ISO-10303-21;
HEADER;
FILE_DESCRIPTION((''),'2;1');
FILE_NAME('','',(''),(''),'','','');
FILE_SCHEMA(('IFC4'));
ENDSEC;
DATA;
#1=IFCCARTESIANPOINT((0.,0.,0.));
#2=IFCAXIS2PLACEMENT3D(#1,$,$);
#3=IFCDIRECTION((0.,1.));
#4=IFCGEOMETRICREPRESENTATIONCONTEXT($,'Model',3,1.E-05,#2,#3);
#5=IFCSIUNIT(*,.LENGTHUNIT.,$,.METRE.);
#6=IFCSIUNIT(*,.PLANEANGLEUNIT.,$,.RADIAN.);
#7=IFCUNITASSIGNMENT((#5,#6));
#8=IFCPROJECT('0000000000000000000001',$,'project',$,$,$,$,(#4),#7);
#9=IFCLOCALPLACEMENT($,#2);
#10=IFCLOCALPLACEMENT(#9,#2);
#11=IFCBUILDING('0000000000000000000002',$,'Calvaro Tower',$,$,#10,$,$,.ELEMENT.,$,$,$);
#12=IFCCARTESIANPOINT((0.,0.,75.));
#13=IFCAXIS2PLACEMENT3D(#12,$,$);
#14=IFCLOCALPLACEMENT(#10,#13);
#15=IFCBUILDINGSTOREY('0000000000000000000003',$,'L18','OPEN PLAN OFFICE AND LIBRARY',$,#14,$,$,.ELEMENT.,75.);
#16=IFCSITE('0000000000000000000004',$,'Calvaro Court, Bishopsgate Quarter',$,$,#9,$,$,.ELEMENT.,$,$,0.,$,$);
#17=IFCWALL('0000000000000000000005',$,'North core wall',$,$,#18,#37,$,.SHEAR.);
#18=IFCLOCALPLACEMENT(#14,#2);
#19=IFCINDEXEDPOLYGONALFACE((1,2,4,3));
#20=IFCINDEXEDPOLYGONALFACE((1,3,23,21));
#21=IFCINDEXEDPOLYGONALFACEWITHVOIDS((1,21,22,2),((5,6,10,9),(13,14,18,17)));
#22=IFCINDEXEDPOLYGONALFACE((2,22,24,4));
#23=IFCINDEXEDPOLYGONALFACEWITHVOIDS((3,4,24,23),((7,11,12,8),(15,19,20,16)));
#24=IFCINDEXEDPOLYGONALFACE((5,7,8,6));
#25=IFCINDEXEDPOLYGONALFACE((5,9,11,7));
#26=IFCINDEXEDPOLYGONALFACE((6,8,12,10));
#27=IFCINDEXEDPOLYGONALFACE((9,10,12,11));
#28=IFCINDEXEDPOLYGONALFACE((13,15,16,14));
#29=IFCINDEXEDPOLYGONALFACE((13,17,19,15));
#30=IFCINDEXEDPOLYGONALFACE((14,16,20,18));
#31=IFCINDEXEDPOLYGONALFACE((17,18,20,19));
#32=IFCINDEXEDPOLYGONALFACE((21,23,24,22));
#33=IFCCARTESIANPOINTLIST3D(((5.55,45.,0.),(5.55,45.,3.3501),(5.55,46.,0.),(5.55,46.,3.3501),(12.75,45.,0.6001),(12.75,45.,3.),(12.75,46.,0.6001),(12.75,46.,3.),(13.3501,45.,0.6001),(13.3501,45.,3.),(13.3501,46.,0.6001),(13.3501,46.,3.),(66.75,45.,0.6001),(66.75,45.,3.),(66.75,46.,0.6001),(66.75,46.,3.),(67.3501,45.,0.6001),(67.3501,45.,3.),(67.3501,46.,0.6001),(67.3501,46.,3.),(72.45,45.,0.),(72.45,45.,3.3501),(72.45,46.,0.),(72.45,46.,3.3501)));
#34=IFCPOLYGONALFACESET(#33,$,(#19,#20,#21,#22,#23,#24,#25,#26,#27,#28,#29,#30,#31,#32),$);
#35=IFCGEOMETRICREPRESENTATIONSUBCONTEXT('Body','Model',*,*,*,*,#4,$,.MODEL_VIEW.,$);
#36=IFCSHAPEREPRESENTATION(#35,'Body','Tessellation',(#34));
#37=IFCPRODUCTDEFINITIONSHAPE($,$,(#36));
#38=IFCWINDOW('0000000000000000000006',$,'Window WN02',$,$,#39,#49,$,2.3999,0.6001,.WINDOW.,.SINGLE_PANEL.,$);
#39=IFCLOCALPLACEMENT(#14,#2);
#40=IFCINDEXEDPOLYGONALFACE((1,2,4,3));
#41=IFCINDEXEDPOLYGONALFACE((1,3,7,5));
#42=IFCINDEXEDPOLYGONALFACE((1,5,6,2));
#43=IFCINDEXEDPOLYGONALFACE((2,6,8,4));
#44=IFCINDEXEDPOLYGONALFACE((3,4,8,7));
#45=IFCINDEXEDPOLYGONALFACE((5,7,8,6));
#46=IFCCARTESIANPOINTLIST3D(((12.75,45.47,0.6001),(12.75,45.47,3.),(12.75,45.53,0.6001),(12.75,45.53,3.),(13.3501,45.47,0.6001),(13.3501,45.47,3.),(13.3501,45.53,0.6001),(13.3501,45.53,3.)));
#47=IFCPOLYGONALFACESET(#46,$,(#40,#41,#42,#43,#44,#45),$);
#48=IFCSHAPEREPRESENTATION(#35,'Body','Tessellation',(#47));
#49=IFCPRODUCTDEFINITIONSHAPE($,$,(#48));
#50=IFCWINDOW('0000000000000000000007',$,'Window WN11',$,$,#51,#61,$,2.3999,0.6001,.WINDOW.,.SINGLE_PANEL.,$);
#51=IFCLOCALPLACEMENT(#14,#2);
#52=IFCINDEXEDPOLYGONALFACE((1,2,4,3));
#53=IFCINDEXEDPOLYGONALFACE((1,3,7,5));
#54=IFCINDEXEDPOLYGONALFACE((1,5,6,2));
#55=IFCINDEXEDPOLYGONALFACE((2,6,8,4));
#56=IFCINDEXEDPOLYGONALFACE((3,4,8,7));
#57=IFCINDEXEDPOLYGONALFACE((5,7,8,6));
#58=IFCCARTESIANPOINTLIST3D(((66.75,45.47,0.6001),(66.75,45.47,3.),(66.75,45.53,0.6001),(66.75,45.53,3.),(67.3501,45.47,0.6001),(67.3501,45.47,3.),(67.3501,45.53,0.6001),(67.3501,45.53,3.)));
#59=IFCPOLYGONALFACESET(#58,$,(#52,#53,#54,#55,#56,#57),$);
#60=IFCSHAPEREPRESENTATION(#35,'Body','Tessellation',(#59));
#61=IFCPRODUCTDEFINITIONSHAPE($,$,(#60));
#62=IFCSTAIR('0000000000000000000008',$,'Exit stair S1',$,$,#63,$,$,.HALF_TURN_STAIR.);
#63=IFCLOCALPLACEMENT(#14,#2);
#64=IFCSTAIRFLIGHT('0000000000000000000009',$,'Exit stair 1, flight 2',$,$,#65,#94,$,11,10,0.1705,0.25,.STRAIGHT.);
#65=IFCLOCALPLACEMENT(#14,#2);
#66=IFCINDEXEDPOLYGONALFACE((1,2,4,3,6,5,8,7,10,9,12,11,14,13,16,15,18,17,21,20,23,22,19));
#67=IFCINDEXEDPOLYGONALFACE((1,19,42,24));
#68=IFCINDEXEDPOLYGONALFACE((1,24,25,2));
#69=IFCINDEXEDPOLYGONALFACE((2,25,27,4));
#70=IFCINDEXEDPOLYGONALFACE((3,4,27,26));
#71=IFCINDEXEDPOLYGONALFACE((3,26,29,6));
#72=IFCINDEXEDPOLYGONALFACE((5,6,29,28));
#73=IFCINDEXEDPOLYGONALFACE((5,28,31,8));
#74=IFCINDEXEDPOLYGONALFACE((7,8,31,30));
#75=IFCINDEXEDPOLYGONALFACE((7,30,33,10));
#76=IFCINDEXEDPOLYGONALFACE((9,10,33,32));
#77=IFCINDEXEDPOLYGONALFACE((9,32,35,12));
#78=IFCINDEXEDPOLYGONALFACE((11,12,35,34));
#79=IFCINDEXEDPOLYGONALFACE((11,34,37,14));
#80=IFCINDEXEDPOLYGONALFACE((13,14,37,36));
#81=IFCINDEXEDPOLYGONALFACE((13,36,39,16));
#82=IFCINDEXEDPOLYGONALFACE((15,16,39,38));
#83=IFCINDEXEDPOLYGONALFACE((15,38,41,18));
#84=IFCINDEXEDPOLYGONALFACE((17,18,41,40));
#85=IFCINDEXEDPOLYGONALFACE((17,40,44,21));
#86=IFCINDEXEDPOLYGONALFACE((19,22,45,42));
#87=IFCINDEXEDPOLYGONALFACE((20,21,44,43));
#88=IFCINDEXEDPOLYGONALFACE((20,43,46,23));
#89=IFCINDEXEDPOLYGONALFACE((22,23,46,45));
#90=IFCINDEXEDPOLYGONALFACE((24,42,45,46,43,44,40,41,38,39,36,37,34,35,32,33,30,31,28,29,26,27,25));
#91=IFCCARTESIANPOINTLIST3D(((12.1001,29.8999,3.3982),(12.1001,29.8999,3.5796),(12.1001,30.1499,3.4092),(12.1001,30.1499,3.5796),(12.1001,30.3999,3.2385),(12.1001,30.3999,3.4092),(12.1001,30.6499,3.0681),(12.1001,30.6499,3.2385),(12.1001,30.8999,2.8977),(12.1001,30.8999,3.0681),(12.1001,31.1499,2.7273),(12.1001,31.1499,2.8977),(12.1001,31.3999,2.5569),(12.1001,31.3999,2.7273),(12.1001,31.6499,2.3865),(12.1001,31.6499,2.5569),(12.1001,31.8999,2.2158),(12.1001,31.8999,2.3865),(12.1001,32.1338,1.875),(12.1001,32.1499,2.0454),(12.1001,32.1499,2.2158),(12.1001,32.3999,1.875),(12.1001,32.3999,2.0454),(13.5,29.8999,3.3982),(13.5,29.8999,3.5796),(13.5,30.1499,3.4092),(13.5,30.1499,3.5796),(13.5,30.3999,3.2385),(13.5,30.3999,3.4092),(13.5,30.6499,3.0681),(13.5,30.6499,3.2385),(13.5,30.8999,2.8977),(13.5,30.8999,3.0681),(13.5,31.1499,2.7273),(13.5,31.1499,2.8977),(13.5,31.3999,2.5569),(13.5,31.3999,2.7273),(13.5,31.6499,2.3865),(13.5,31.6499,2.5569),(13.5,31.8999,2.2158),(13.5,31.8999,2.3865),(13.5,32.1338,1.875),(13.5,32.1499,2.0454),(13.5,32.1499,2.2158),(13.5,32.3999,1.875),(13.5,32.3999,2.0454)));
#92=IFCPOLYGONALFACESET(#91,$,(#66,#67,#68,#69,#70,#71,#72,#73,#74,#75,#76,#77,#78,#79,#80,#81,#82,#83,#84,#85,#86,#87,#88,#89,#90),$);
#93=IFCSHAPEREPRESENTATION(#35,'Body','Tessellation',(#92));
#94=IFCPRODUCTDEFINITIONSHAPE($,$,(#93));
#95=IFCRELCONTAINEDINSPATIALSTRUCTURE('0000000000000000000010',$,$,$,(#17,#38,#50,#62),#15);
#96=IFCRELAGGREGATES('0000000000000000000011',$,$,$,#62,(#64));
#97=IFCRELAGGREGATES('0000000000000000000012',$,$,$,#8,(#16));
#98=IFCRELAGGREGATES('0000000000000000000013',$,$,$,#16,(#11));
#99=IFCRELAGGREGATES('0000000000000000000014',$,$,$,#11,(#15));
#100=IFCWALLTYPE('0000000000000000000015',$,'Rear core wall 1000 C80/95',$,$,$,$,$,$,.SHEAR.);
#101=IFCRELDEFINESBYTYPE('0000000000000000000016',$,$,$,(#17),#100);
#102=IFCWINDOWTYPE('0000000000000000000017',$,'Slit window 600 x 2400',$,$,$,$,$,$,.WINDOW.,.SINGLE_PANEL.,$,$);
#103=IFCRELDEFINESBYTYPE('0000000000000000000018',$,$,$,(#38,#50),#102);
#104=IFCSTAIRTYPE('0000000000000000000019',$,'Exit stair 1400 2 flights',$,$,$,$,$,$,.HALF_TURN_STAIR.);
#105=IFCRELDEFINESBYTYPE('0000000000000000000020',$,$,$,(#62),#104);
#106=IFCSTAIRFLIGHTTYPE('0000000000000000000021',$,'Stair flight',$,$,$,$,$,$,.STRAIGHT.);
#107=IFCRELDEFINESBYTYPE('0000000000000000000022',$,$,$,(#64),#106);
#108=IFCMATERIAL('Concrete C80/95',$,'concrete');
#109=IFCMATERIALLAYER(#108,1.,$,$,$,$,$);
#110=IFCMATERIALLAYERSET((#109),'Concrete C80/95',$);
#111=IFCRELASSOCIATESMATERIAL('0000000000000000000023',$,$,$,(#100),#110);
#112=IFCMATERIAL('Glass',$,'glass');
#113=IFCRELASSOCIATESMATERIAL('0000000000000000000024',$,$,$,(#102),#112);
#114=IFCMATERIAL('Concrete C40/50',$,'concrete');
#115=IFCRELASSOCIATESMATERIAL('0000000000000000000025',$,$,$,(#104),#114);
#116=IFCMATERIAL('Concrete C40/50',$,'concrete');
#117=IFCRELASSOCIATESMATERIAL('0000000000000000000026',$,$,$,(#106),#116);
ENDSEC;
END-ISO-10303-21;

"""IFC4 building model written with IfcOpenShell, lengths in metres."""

from ifc_helpers import new_model, si_unit, direction, frame, frame_2d, origin, place, context, subcontext, project, spatial, polyline, rectangle, outline, extrude, material, layer, layer_set, type_object, element, fill, aggregate, save


model = new_model("IFC4")

# Units and contexts
model_context = context("Model", 3, precision=1e-05, world=origin(), true_north=direction((0.0, 1.0)))
body_context = subcontext(model_context, "Body", "Model", "MODEL_VIEW")
ifc_project = project(units=[si_unit("LENGTHUNIT", "METRE"), si_unit("PLANEANGLEUNIT", "RADIAN")], contexts=[model_context])

# Site, building, storey
site_placement = place(None, origin())
site = spatial("IfcSite", under=ifc_project, at=site_placement, Name="Calvaro Court, Bishopsgate Quarter", CompositionType="ELEMENT", RefElevation=0.0)
building_placement = place(site_placement, origin())
building = spatial("IfcBuilding", under=site, at=building_placement, Name="Calvaro Tower", CompositionType="ELEMENT")
storey_placement = place(building_placement, frame((0.0, 0.0, 75.0)))
storey = spatial("IfcBuildingStorey", under=building, at=storey_placement, Name="L18", Description="OPEN PLAN OFFICE AND LIBRARY", CompositionType="ELEMENT", Elevation=75.0)

# Wall, openings, windows
ifc_material_1 = material(Name="Concrete C80/95", Category="concrete")
ifc_layer_1 = layer(ifc_material_1, 1.0)
ifc_layer_set_1 = layer_set([ifc_layer_1], Name="Concrete C80/95")
wall_type_1 = type_object("IfcWallType", Name="Rear core wall 1000 C80/95", PredefinedType="SHEAR", material=ifc_layer_set_1)
wall_1_placement = place(storey_placement, frame((5.55, 45.5, 0.0), z_axis=(0.0, 0.0, 1.0), x_axis=(1.0, 0.0, 0.0)))
wall_1 = element("IfcWall", 1, at=wall_1_placement, inside=storey, type_object=wall_type_1, Name="North core wall", PredefinedType="SHEAR", context=body_context, shape_type="SweptSolid", body=[
    extrude(rectangle(XDim=66.8999, YDim=1.0, at=frame_2d((33.45, 0.0))), origin(), (0.0, 0.0, 1.0), 3.3501),
])
opening_1_placement = place(wall_1_placement, frame((7.2, 0.0, 0.6001)))
opening_1 = element("IfcOpeningElement", 2, at=opening_1_placement, cuts=wall_1, PredefinedType="OPENING", context=body_context, shape_type="SweptSolid", body=[
    extrude(rectangle(XDim=0.6001, YDim=2.3999, at=frame_2d((0.3, 1.2))), frame((0.0, 0.51, 0.0), z_axis=(0.0, -1.0, 0.0), x_axis=(1.0, 0.0, 0.0)), (0.0, 0.0, 1.0), 1.02),
])
opening_2_placement = place(wall_1_placement, frame((61.2, 0.0, 0.6001)))
opening_2 = element("IfcOpeningElement", 3, at=opening_2_placement, cuts=wall_1, PredefinedType="OPENING", context=body_context, shape_type="SweptSolid", body=[
    extrude(rectangle(XDim=0.6001, YDim=2.3999, at=frame_2d((0.3, 1.2))), frame((0.0, 0.51, 0.0), z_axis=(0.0, -1.0, 0.0), x_axis=(1.0, 0.0, 0.0)), (0.0, 0.0, 1.0), 1.02),
])
ifc_material_2 = material(Name="Glass", Category="glass")
window_type = type_object("IfcWindowType", Name="Slit window 600 x 2400", PartitioningType="SINGLE_PANEL", PredefinedType="WINDOW", material=ifc_material_2)
window_1_placement = place(opening_1_placement, origin())
window_1 = element("IfcWindow", 4, at=window_1_placement, inside=storey, type_object=window_type, Name="Window WN02", OverallHeight=2.3999, OverallWidth=0.6001, PartitioningType="SINGLE_PANEL", PredefinedType="WINDOW", context=body_context, shape_type="SweptSolid", body=[
    extrude(rectangle(XDim=0.6001, YDim=2.3999, at=frame_2d((0.3, 1.2))), frame((0.0, 0.03, 0.0), z_axis=(0.0, -1.0, 0.0), x_axis=(1.0, 0.0, 0.0)), (0.0, 0.0, 1.0), 0.0601),
])
fill(opening_1, window_1)
window_2_placement = place(opening_2_placement, origin())
window_2 = element("IfcWindow", 5, at=window_2_placement, inside=storey, type_object=window_type, Name="Window WN11", OverallHeight=2.3999, OverallWidth=0.6001, PartitioningType="SINGLE_PANEL", PredefinedType="WINDOW", context=body_context, shape_type="SweptSolid", body=[
    extrude(rectangle(XDim=0.6001, YDim=2.3999, at=frame_2d((0.3, 1.2))), frame((0.0, 0.03, 0.0), z_axis=(0.0, -1.0, 0.0), x_axis=(1.0, 0.0, 0.0)), (0.0, 0.0, 1.0), 0.0601),
])
fill(opening_2, window_2)

# Stair, stair flight
ifc_material_3 = material(Name="Concrete C40/50", Category="concrete")
stair_type = type_object("IfcStairType", Name="Exit stair 1400 2 flights", PredefinedType="HALF_TURN_STAIR", material=ifc_material_3)
stair_placement = place(storey_placement, origin())
stair = element("IfcStair", 6, at=stair_placement, inside=storey, type_object=stair_type, Name="Exit stair S1", PredefinedType="HALF_TURN_STAIR")
ifc_material_4 = material(Name="Concrete C40/50", Category="concrete")
stair_flight_type = type_object("IfcStairFlightType", Name="Stair flight", PredefinedType="STRAIGHT", material=ifc_material_4)
stair_flight_placement = place(storey_placement, frame((12.8, 32.3999, 1.875), z_axis=(0.0, 0.0, 1.0), x_axis=(0.0, -1.0, 0.0)))
stair_flight = element("IfcStairFlight", 7, at=stair_flight_placement, type_object=stair_flight_type, Name="Exit stair 1, flight 2", NumberOfRisers=11, NumberOfTreads=10, PredefinedType="STRAIGHT", RiserHeight=0.1705, TreadLength=0.25, context=body_context, shape_type="SweptSolid", body=[
    extrude(outline(polyline([(0.0, 0.0), (0.0, 0.1704), (0.25, 0.1704), (0.25, 0.3408), (0.5, 0.3408), (0.5, 0.5115), (0.75, 0.5115), (0.75, 0.6819), (1.0, 0.6819), (1.0, 0.8523), (1.25, 0.8523), (1.25, 1.0227), (1.5, 1.0227), (1.5, 1.1931), (1.75, 1.1931), (1.75, 1.3635), (2.0, 1.3635), (2.0, 1.5342), (2.25, 1.5342), (2.25, 1.7046), (2.5, 1.7046), (2.5, 1.875), (2.5, 1.5232), (0.2661, 0.0), (0.0, 0.0)])), frame((0.0, 0.7, 0.0), z_axis=(0.0, -1.0, 0.0), x_axis=(1.0, 0.0, 0.0)), (0.0, 0.0, 1.0), 1.3999),
])
aggregate(stair, [stair_flight])

save(model, "model.ifc")
